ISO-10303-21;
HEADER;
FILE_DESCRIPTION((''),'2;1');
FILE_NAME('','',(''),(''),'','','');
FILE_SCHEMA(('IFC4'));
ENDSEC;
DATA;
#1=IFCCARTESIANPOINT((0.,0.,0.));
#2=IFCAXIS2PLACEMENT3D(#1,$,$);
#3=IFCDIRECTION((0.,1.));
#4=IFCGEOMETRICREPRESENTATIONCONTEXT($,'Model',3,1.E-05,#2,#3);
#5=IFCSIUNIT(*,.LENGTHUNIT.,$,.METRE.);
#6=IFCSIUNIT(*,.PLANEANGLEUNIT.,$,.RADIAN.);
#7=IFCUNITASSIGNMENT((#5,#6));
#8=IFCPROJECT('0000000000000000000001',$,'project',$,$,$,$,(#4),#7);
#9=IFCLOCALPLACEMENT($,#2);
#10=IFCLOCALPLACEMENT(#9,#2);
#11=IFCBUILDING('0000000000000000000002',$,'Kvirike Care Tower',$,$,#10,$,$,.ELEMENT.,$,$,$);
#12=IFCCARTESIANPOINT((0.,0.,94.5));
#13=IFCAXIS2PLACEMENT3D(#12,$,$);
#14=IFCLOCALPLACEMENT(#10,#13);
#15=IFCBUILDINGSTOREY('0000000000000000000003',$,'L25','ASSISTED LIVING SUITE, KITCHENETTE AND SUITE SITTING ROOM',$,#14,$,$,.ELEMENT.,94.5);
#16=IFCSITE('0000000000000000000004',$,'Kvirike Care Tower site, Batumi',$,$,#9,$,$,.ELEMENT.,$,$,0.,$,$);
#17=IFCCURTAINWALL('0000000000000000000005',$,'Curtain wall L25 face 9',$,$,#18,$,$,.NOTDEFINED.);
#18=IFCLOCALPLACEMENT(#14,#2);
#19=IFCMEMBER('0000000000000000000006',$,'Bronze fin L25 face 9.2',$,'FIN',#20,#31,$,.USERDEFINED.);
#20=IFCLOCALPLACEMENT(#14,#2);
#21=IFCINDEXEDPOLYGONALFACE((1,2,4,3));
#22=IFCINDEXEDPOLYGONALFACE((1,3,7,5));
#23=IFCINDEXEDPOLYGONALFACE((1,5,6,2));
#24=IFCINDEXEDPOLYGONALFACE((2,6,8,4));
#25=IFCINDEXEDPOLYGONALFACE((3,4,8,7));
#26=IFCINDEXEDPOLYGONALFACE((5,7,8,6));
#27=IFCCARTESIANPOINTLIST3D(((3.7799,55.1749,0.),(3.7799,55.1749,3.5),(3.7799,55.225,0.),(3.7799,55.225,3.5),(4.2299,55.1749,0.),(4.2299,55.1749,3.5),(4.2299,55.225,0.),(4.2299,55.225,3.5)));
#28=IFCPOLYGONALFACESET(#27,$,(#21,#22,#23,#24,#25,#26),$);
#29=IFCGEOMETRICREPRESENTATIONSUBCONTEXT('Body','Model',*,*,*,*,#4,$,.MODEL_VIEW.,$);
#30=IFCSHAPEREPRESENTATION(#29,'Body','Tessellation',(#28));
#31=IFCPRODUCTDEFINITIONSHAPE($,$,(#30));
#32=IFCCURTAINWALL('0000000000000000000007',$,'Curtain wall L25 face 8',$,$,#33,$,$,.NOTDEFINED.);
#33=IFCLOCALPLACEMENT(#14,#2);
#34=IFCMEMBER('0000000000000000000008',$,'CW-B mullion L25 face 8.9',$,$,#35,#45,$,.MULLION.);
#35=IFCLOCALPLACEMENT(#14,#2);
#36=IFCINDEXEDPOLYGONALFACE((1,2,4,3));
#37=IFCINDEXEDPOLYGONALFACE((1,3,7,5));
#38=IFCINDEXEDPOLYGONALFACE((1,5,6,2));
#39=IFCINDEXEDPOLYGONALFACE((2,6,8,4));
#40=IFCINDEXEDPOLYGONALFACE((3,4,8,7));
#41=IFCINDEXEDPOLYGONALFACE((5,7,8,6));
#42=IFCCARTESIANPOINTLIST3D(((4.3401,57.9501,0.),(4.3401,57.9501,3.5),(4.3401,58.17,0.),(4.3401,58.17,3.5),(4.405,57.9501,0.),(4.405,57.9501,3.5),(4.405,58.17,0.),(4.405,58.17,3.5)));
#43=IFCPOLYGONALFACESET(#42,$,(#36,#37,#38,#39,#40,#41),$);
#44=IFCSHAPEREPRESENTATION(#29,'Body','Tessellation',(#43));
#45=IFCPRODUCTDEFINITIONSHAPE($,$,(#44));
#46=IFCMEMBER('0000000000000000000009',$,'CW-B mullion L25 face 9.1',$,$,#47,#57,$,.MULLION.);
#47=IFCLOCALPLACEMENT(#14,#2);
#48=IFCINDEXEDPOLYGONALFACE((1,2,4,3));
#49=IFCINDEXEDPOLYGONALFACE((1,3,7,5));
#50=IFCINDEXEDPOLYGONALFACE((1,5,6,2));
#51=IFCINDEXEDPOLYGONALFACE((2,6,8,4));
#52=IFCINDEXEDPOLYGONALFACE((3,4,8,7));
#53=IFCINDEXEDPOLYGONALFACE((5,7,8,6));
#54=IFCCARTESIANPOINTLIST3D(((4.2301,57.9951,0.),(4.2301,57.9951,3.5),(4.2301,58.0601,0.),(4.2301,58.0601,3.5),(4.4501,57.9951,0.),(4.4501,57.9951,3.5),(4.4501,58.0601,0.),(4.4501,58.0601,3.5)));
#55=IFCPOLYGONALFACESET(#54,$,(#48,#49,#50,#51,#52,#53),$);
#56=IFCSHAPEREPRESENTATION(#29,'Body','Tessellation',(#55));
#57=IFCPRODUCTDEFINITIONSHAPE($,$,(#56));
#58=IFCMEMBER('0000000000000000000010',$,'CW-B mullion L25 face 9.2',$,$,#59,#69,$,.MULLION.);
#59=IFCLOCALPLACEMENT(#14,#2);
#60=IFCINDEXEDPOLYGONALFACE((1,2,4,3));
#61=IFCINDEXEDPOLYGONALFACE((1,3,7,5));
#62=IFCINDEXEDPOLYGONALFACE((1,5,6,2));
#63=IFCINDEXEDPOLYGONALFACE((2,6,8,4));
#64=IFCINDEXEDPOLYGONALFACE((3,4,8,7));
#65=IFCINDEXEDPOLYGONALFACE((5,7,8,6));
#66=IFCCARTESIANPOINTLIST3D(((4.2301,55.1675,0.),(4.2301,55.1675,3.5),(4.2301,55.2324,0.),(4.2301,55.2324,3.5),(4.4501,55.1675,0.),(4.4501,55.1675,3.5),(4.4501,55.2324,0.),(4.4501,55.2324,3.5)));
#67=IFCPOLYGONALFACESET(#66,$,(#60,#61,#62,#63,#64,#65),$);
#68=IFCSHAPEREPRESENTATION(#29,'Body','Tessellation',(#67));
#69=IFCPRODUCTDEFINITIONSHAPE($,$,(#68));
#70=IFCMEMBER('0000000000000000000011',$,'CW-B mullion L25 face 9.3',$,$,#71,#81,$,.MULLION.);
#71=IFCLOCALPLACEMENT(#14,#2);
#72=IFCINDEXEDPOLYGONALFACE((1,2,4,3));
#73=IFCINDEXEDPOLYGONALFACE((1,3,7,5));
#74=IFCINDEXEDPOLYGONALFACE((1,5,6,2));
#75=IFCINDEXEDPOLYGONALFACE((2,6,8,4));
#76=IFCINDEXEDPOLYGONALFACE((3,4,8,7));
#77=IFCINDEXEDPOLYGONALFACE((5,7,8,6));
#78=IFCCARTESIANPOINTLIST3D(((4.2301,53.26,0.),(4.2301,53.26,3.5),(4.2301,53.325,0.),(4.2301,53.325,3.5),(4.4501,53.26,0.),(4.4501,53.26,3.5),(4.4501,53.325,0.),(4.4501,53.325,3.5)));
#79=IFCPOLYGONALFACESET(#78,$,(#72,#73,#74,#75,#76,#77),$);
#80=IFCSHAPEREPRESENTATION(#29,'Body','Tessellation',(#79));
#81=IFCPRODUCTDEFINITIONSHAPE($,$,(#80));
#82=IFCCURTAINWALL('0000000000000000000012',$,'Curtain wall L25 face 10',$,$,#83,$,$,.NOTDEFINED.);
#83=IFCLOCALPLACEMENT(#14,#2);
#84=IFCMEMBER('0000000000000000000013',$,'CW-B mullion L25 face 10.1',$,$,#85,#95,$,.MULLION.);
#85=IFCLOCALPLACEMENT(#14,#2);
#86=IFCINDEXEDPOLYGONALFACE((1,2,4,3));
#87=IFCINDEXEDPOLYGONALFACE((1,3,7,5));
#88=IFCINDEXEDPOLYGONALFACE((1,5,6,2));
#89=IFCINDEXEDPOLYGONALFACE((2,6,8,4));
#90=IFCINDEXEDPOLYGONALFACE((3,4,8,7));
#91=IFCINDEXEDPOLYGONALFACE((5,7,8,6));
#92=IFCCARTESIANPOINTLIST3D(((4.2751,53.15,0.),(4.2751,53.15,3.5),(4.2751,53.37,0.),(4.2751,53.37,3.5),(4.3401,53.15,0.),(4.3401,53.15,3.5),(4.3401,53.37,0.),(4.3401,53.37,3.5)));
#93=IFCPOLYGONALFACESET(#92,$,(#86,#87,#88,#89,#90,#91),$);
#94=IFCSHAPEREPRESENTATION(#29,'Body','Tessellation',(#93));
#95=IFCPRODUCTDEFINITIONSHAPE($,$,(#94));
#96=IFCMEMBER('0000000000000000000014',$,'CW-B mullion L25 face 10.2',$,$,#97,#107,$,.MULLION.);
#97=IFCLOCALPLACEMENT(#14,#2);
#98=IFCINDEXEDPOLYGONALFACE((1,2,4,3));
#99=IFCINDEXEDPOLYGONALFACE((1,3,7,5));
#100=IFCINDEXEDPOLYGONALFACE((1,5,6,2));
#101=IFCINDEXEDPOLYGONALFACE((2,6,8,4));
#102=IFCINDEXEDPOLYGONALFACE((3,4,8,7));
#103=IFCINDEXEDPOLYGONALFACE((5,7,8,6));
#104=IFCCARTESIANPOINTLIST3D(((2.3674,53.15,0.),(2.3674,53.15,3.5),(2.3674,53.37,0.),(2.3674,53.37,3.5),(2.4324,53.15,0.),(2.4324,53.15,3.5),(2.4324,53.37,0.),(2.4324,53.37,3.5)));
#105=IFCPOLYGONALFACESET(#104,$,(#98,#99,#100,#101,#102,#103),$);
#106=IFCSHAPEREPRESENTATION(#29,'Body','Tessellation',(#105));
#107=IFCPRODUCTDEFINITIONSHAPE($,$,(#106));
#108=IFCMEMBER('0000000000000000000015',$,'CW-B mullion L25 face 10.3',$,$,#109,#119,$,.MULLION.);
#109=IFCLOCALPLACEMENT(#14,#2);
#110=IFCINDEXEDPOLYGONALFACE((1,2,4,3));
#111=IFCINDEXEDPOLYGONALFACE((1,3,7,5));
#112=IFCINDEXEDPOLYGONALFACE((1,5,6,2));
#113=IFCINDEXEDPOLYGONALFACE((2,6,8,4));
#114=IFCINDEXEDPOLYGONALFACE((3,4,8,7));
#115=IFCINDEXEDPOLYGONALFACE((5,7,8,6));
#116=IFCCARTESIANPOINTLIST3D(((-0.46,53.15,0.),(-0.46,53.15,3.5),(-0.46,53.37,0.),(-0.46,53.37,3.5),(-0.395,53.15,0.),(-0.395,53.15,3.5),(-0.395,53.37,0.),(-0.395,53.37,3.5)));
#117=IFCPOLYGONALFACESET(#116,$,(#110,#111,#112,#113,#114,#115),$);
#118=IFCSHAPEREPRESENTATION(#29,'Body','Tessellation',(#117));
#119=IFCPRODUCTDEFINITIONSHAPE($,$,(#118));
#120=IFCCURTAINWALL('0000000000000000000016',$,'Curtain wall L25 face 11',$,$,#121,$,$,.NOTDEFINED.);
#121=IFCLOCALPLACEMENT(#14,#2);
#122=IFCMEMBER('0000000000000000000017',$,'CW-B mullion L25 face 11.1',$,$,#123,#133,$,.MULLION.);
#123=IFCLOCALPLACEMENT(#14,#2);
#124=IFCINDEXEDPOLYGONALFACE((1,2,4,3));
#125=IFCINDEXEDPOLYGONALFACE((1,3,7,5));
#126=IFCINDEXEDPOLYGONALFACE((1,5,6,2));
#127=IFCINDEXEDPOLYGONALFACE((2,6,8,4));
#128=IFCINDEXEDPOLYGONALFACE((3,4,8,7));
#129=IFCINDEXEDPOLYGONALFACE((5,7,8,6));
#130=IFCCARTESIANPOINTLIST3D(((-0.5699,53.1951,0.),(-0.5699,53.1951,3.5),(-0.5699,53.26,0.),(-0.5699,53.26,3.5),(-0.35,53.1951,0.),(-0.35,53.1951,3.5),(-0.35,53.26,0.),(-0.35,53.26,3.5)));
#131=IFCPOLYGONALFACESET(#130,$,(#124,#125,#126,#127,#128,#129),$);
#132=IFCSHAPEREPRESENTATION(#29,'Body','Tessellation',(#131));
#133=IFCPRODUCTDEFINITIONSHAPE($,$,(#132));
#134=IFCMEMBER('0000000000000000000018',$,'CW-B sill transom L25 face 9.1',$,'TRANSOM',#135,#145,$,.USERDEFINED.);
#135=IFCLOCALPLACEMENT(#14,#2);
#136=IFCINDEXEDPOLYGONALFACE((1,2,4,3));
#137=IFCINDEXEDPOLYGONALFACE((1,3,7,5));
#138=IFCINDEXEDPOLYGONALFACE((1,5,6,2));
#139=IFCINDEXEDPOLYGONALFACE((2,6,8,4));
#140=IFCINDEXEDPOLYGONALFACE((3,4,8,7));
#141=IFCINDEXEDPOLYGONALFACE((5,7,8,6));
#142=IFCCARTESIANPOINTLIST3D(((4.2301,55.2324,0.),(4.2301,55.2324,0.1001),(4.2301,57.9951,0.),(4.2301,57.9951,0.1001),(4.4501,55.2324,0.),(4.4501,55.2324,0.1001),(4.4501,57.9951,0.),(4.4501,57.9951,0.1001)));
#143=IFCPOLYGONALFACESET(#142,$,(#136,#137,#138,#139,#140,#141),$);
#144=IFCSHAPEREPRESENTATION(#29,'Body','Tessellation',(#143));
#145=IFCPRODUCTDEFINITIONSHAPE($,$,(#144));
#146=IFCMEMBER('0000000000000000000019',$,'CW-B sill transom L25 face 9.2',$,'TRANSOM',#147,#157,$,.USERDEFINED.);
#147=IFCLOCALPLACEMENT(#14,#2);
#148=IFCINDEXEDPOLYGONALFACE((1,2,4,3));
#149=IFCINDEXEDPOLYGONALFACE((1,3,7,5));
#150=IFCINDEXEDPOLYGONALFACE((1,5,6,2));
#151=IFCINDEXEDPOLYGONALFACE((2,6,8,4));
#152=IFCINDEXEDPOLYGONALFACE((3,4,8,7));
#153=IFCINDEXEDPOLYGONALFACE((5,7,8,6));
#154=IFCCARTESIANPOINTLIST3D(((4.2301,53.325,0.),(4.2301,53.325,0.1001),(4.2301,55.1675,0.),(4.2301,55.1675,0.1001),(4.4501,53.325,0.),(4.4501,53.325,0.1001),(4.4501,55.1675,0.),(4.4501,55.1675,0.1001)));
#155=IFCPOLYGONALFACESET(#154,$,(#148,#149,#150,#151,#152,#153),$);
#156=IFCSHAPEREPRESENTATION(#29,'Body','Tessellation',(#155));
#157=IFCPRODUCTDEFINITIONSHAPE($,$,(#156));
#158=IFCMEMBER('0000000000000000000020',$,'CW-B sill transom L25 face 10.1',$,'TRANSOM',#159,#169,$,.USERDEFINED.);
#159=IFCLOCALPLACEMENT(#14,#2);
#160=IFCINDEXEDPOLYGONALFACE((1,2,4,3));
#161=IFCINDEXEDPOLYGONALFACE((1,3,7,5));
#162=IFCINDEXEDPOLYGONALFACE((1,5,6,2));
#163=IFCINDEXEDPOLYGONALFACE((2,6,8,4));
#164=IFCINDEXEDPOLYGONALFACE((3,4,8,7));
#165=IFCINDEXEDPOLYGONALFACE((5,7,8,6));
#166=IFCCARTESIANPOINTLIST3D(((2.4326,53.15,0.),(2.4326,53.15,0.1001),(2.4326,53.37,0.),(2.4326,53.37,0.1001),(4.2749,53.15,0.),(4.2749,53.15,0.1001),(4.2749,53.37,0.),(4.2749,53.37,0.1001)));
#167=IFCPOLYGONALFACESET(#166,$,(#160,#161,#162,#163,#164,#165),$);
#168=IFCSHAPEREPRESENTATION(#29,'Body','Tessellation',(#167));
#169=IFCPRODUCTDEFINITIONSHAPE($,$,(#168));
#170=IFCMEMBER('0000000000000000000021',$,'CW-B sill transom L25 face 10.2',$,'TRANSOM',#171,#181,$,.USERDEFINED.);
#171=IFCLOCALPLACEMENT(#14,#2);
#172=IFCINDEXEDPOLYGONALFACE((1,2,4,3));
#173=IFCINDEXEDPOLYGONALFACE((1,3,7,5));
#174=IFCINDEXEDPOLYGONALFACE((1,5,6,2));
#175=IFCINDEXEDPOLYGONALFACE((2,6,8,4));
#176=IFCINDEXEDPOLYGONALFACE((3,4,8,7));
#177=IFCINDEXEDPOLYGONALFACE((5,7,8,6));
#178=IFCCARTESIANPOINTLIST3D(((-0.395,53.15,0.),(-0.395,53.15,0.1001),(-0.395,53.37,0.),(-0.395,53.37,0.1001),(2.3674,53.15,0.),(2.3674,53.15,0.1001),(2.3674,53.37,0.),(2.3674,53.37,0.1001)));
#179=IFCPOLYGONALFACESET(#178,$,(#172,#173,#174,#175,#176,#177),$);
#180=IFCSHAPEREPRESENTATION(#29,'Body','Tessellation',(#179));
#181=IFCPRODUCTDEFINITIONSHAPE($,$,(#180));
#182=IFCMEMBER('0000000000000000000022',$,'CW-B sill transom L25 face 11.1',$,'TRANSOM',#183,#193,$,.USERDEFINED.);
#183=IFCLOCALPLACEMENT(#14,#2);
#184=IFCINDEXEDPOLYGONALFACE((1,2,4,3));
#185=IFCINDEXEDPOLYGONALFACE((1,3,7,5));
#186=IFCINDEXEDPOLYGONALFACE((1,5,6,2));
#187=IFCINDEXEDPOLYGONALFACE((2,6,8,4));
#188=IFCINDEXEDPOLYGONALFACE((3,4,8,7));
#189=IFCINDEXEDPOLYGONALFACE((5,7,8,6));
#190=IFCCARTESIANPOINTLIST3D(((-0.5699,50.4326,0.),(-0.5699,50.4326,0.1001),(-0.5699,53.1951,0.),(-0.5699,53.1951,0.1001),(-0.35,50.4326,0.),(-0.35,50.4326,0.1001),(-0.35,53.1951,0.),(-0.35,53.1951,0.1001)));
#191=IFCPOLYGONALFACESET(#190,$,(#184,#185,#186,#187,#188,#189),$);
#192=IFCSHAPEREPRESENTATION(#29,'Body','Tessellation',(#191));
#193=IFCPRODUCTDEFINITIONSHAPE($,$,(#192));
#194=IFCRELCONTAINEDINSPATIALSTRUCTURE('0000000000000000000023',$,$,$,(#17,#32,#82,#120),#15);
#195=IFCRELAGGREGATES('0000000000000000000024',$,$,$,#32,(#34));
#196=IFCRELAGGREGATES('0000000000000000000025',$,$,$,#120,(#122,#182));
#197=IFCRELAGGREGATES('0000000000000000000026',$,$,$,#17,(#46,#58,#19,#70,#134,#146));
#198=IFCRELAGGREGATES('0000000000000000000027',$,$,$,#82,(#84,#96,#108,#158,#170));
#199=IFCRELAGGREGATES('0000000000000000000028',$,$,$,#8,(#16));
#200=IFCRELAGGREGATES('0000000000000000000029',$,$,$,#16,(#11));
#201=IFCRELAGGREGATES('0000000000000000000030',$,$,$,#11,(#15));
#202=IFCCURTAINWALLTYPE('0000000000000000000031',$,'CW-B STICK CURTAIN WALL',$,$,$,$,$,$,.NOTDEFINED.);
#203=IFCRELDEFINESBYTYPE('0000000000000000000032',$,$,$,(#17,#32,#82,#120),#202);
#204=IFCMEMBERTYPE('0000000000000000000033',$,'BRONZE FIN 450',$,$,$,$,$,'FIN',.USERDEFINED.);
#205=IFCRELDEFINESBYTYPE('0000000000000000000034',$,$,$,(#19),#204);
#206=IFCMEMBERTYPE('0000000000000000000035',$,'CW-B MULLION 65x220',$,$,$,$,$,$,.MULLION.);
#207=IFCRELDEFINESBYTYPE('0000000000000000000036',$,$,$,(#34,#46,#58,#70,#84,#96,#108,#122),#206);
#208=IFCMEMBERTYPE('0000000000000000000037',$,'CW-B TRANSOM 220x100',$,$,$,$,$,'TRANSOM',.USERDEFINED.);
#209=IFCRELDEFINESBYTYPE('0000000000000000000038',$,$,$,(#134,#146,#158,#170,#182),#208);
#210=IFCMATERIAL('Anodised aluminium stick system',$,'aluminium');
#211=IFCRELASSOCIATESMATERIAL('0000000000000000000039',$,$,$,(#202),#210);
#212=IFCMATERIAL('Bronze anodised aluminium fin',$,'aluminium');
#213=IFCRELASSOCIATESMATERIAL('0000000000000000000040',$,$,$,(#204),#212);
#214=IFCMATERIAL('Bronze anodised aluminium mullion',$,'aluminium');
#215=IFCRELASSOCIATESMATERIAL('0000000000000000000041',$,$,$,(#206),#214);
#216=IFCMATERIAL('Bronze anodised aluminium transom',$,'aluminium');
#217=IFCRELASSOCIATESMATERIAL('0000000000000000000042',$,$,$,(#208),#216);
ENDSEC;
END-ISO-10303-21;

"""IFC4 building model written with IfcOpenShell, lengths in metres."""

from ifc_helpers import new_model, si_unit, direction, frame, origin, origin_2d, place, context, subcontext, project, spatial, rectangle, extrude, material, material_profile, profile_set, type_object, element, aggregate, save


model = new_model("IFC4")

# Units and contexts
model_context = context("Model", 3, precision=1e-05, world=origin(), true_north=direction((0.0, 1.0)))
body_context = subcontext(model_context, "Body", "Model", "MODEL_VIEW")
ifc_project = project(units=[si_unit("LENGTHUNIT", "METRE"), si_unit("PLANEANGLEUNIT", "RADIAN")], contexts=[model_context])

# Site, building, storey
site_placement = place(None, origin())
site = spatial("IfcSite", under=ifc_project, at=site_placement, Name="Kvirike Care Tower site, Batumi", CompositionType="ELEMENT", RefElevation=0.0)
building_placement = place(site_placement, origin())
building = spatial("IfcBuilding", under=site, at=building_placement, Name="Kvirike Care Tower", CompositionType="ELEMENT")
storey_placement = place(building_placement, frame((0.0, 0.0, 94.5)))
storey = spatial("IfcBuildingStorey", under=building, at=storey_placement, Name="L25", Description="ASSISTED LIVING SUITE, KITCHENETTE AND SUITE SITTING ROOM", CompositionType="ELEMENT", Elevation=94.5)

# Curtain walls, members
ifc_material_1 = material(Name="Anodised aluminium stick system", Category="aluminium")
curtain_wall_type = type_object("IfcCurtainWallType", Name="CW-B STICK CURTAIN WALL", PredefinedType="NOTDEFINED", material=ifc_material_1)
curtain_wall_1_placement = place(storey_placement, origin())
curtain_wall_1 = element("IfcCurtainWall", 1, at=curtain_wall_1_placement, inside=storey, type_object=curtain_wall_type, Name="Curtain wall L25 face 9", PredefinedType="NOTDEFINED")
ifc_material_2 = material(Name="Bronze anodised aluminium fin", Category="aluminium")
ifc_material_profile_1 = material_profile(ifc_material_2, rectangle(XDim=0.05, YDim=0.45, at=origin_2d()), Name="BRONZE FIN 450")
ifc_profile_set_1 = profile_set([ifc_material_profile_1], Name="Bronze anodised aluminium fin")
member_type_1 = type_object("IfcMemberType", Name="BRONZE FIN 450", ElementType="FIN", PredefinedType="USERDEFINED", material=ifc_profile_set_1)
member_1_placement = place(storey_placement, frame((4.0049, 55.2, 0.0), z_axis=(0.0, 0.0, 1.0), x_axis=(0.0, -1.0, 0.0)))
member_1 = element("IfcMember", 2, at=member_1_placement, type_object=member_type_1, Name="Bronze fin L25 face 9.2", ObjectType="FIN", PredefinedType="USERDEFINED", context=body_context, shape_type="SweptSolid", body=[
    extrude(rectangle(XDim=0.05, YDim=0.45, at=origin_2d()), origin(), (0.0, 0.0, 1.0), 3.5),
])
curtain_wall_2_placement = place(storey_placement, origin())
curtain_wall_2 = element("IfcCurtainWall", 3, at=curtain_wall_2_placement, inside=storey, type_object=curtain_wall_type, Name="Curtain wall L25 face 8", PredefinedType="NOTDEFINED")
ifc_material_3 = material(Name="Bronze anodised aluminium mullion", Category="aluminium")
ifc_material_profile_2 = material_profile(ifc_material_3, rectangle(XDim=0.0649, YDim=0.22, at=origin_2d()), Name="CW-B MULLION 65x220")
ifc_profile_set_2 = profile_set([ifc_material_profile_2], Name="Bronze anodised aluminium mullion")
member_type_2 = type_object("IfcMemberType", Name="CW-B MULLION 65x220", PredefinedType="MULLION", material=ifc_profile_set_2)
member_2_placement = place(storey_placement, frame((4.3726, 58.0601, 0.0), z_axis=(0.0, 0.0, 1.0), x_axis=(-1.0, 0.0, 0.0)))
member_2 = element("IfcMember", 4, at=member_2_placement, type_object=member_type_2, Name="CW-B mullion L25 face 8.9", PredefinedType="MULLION", context=body_context, shape_type="SweptSolid", body=[
    extrude(rectangle(XDim=0.0649, YDim=0.22, at=origin_2d()), origin(), (0.0, 0.0, 1.0), 3.5),
])
aggregate(curtain_wall_2, [member_2])

# Members
member_3_placement = place(storey_placement, frame((4.3401, 58.0276, 0.0), z_axis=(0.0, 0.0, 1.0), x_axis=(0.0, -1.0, 0.0)))
member_3 = element("IfcMember", 5, at=member_3_placement, type_object=member_type_2, Name="CW-B mullion L25 face 9.1", PredefinedType="MULLION", context=body_context, shape_type="SweptSolid", body=[
    extrude(rectangle(XDim=0.0649, YDim=0.22, at=origin_2d()), origin(), (0.0, 0.0, 1.0), 3.5),
])
member_4_placement = place(storey_placement, frame((4.3401, 55.2, 0.0), z_axis=(0.0, 0.0, 1.0), x_axis=(0.0, -1.0, 0.0)))
member_4 = element("IfcMember", 6, at=member_4_placement, type_object=member_type_2, Name="CW-B mullion L25 face 9.2", PredefinedType="MULLION", context=body_context, shape_type="SweptSolid", body=[
    extrude(rectangle(XDim=0.0649, YDim=0.22, at=origin_2d()), origin(), (0.0, 0.0, 1.0), 3.5),
])
member_5_placement = place(storey_placement, frame((4.3401, 53.2925, 0.0), z_axis=(0.0, 0.0, 1.0), x_axis=(0.0, -1.0, 0.0)))
member_5 = element("IfcMember", 7, at=member_5_placement, type_object=member_type_2, Name="CW-B mullion L25 face 9.3", PredefinedType="MULLION", context=body_context, shape_type="SweptSolid", body=[
    extrude(rectangle(XDim=0.0649, YDim=0.22, at=origin_2d()), origin(), (0.0, 0.0, 1.0), 3.5),
])

# Curtain wall, members
curtain_wall_3_placement = place(storey_placement, origin())
curtain_wall_3 = element("IfcCurtainWall", 8, at=curtain_wall_3_placement, inside=storey, type_object=curtain_wall_type, Name="Curtain wall L25 face 10", PredefinedType="NOTDEFINED")
member_6_placement = place(storey_placement, frame((4.3076, 53.26, 0.0), z_axis=(0.0, 0.0, 1.0), x_axis=(-1.0, 0.0, 0.0)))
member_6 = element("IfcMember", 9, at=member_6_placement, type_object=member_type_2, Name="CW-B mullion L25 face 10.1", PredefinedType="MULLION", context=body_context, shape_type="SweptSolid", body=[
    extrude(rectangle(XDim=0.0649, YDim=0.22, at=origin_2d()), origin(), (0.0, 0.0, 1.0), 3.5),
])
member_7_placement = place(storey_placement, frame((2.3999, 53.26, 0.0), z_axis=(0.0, 0.0, 1.0), x_axis=(-1.0, 0.0, 0.0)))
member_7 = element("IfcMember", 10, at=member_7_placement, type_object=member_type_2, Name="CW-B mullion L25 face 10.2", PredefinedType="MULLION", context=body_context, shape_type="SweptSolid", body=[
    extrude(rectangle(XDim=0.0649, YDim=0.22, at=origin_2d()), origin(), (0.0, 0.0, 1.0), 3.5),
])
member_8_placement = place(storey_placement, frame((-0.4275, 53.26, 0.0), z_axis=(0.0, 0.0, 1.0), x_axis=(-1.0, 0.0, 0.0)))
member_8 = element("IfcMember", 11, at=member_8_placement, type_object=member_type_2, Name="CW-B mullion L25 face 10.3", PredefinedType="MULLION", context=body_context, shape_type="SweptSolid", body=[
    extrude(rectangle(XDim=0.0649, YDim=0.22, at=origin_2d()), origin(), (0.0, 0.0, 1.0), 3.5),
])

# Curtain wall, member
curtain_wall_4_placement = place(storey_placement, origin())
curtain_wall_4 = element("IfcCurtainWall", 12, at=curtain_wall_4_placement, inside=storey, type_object=curtain_wall_type, Name="Curtain wall L25 face 11", PredefinedType="NOTDEFINED")
member_9_placement = place(storey_placement, frame((-0.46, 53.2275, 0.0), z_axis=(0.0, 0.0, 1.0), x_axis=(0.0, -1.0, 0.0)))
member_9 = element("IfcMember", 13, at=member_9_placement, type_object=member_type_2, Name="CW-B mullion L25 face 11.1", PredefinedType="MULLION", context=body_context, shape_type="SweptSolid", body=[
    extrude(rectangle(XDim=0.0649, YDim=0.22, at=origin_2d()), origin(), (0.0, 0.0, 1.0), 3.5),
])

# Members
ifc_material_4 = material(Name="Bronze anodised aluminium transom", Category="aluminium")
ifc_material_profile_3 = material_profile(ifc_material_4, rectangle(XDim=0.22, YDim=0.1001, at=origin_2d()), Name="CW-B TRANSOM 220x100")
ifc_profile_set_3 = profile_set([ifc_material_profile_3], Name="Bronze anodised aluminium transom")
member_type_3 = type_object("IfcMemberType", Name="CW-B TRANSOM 220x100", ElementType="TRANSOM", PredefinedType="USERDEFINED", material=ifc_profile_set_3)
member_10_placement = place(storey_placement, frame((4.3401, 57.9951, 0.05), z_axis=(0.0, -1.0, 0.0), x_axis=(1.0, 0.0, 0.0)))
member_10 = element("IfcMember", 14, at=member_10_placement, type_object=member_type_3, Name="CW-B sill transom L25 face 9.1", ObjectType="TRANSOM", PredefinedType="USERDEFINED", context=body_context, shape_type="SweptSolid", body=[
    extrude(rectangle(XDim=0.22, YDim=0.1001, at=origin_2d()), origin(), (0.0, 0.0, 1.0), 2.7627),
])
member_11_placement = place(storey_placement, frame((4.3401, 55.1675, 0.05), z_axis=(0.0, -1.0, 0.0), x_axis=(1.0, 0.0, 0.0)))
member_11 = element("IfcMember", 15, at=member_11_placement, type_object=member_type_3, Name="CW-B sill transom L25 face 9.2", ObjectType="TRANSOM", PredefinedType="USERDEFINED", context=body_context, shape_type="SweptSolid", body=[
    extrude(rectangle(XDim=0.22, YDim=0.1001, at=origin_2d()), origin(), (0.0, 0.0, 1.0), 1.8425),
])
member_12_placement = place(storey_placement, frame((4.2749, 53.26, 0.05), z_axis=(-1.0, 0.0, 0.0), x_axis=(0.0, -1.0, 0.0)))
member_12 = element("IfcMember", 16, at=member_12_placement, type_object=member_type_3, Name="CW-B sill transom L25 face 10.1", ObjectType="TRANSOM", PredefinedType="USERDEFINED", context=body_context, shape_type="SweptSolid", body=[
    extrude(rectangle(XDim=0.22, YDim=0.1001, at=origin_2d()), origin(), (0.0, 0.0, 1.0), 1.8423),
])
member_13_placement = place(storey_placement, frame((2.3674, 53.26, 0.05), z_axis=(-1.0, 0.0, 0.0), x_axis=(0.0, -1.0, 0.0)))
member_13 = element("IfcMember", 17, at=member_13_placement, type_object=member_type_3, Name="CW-B sill transom L25 face 10.2", ObjectType="TRANSOM", PredefinedType="USERDEFINED", context=body_context, shape_type="SweptSolid", body=[
    extrude(rectangle(XDim=0.22, YDim=0.1001, at=origin_2d()), origin(), (0.0, 0.0, 1.0), 2.7625),
])
member_14_placement = place(storey_placement, frame((-0.46, 53.1951, 0.05), z_axis=(0.0, -1.0, 0.0), x_axis=(1.0, 0.0, 0.0)))
member_14 = element("IfcMember", 18, at=member_14_placement, type_object=member_type_3, Name="CW-B sill transom L25 face 11.1", ObjectType="TRANSOM", PredefinedType="USERDEFINED", context=body_context, shape_type="SweptSolid", body=[
    extrude(rectangle(XDim=0.22, YDim=0.1001, at=origin_2d()), origin(), (0.0, 0.0, 1.0), 2.7625),
])
aggregate(curtain_wall_4, [member_9, member_14])

aggregate(curtain_wall_1, [member_3, member_4, member_1, member_5, member_10, member_11])
aggregate(curtain_wall_3, [member_6, member_7, member_8, member_12, member_13])

save(model, "model.ifc")
